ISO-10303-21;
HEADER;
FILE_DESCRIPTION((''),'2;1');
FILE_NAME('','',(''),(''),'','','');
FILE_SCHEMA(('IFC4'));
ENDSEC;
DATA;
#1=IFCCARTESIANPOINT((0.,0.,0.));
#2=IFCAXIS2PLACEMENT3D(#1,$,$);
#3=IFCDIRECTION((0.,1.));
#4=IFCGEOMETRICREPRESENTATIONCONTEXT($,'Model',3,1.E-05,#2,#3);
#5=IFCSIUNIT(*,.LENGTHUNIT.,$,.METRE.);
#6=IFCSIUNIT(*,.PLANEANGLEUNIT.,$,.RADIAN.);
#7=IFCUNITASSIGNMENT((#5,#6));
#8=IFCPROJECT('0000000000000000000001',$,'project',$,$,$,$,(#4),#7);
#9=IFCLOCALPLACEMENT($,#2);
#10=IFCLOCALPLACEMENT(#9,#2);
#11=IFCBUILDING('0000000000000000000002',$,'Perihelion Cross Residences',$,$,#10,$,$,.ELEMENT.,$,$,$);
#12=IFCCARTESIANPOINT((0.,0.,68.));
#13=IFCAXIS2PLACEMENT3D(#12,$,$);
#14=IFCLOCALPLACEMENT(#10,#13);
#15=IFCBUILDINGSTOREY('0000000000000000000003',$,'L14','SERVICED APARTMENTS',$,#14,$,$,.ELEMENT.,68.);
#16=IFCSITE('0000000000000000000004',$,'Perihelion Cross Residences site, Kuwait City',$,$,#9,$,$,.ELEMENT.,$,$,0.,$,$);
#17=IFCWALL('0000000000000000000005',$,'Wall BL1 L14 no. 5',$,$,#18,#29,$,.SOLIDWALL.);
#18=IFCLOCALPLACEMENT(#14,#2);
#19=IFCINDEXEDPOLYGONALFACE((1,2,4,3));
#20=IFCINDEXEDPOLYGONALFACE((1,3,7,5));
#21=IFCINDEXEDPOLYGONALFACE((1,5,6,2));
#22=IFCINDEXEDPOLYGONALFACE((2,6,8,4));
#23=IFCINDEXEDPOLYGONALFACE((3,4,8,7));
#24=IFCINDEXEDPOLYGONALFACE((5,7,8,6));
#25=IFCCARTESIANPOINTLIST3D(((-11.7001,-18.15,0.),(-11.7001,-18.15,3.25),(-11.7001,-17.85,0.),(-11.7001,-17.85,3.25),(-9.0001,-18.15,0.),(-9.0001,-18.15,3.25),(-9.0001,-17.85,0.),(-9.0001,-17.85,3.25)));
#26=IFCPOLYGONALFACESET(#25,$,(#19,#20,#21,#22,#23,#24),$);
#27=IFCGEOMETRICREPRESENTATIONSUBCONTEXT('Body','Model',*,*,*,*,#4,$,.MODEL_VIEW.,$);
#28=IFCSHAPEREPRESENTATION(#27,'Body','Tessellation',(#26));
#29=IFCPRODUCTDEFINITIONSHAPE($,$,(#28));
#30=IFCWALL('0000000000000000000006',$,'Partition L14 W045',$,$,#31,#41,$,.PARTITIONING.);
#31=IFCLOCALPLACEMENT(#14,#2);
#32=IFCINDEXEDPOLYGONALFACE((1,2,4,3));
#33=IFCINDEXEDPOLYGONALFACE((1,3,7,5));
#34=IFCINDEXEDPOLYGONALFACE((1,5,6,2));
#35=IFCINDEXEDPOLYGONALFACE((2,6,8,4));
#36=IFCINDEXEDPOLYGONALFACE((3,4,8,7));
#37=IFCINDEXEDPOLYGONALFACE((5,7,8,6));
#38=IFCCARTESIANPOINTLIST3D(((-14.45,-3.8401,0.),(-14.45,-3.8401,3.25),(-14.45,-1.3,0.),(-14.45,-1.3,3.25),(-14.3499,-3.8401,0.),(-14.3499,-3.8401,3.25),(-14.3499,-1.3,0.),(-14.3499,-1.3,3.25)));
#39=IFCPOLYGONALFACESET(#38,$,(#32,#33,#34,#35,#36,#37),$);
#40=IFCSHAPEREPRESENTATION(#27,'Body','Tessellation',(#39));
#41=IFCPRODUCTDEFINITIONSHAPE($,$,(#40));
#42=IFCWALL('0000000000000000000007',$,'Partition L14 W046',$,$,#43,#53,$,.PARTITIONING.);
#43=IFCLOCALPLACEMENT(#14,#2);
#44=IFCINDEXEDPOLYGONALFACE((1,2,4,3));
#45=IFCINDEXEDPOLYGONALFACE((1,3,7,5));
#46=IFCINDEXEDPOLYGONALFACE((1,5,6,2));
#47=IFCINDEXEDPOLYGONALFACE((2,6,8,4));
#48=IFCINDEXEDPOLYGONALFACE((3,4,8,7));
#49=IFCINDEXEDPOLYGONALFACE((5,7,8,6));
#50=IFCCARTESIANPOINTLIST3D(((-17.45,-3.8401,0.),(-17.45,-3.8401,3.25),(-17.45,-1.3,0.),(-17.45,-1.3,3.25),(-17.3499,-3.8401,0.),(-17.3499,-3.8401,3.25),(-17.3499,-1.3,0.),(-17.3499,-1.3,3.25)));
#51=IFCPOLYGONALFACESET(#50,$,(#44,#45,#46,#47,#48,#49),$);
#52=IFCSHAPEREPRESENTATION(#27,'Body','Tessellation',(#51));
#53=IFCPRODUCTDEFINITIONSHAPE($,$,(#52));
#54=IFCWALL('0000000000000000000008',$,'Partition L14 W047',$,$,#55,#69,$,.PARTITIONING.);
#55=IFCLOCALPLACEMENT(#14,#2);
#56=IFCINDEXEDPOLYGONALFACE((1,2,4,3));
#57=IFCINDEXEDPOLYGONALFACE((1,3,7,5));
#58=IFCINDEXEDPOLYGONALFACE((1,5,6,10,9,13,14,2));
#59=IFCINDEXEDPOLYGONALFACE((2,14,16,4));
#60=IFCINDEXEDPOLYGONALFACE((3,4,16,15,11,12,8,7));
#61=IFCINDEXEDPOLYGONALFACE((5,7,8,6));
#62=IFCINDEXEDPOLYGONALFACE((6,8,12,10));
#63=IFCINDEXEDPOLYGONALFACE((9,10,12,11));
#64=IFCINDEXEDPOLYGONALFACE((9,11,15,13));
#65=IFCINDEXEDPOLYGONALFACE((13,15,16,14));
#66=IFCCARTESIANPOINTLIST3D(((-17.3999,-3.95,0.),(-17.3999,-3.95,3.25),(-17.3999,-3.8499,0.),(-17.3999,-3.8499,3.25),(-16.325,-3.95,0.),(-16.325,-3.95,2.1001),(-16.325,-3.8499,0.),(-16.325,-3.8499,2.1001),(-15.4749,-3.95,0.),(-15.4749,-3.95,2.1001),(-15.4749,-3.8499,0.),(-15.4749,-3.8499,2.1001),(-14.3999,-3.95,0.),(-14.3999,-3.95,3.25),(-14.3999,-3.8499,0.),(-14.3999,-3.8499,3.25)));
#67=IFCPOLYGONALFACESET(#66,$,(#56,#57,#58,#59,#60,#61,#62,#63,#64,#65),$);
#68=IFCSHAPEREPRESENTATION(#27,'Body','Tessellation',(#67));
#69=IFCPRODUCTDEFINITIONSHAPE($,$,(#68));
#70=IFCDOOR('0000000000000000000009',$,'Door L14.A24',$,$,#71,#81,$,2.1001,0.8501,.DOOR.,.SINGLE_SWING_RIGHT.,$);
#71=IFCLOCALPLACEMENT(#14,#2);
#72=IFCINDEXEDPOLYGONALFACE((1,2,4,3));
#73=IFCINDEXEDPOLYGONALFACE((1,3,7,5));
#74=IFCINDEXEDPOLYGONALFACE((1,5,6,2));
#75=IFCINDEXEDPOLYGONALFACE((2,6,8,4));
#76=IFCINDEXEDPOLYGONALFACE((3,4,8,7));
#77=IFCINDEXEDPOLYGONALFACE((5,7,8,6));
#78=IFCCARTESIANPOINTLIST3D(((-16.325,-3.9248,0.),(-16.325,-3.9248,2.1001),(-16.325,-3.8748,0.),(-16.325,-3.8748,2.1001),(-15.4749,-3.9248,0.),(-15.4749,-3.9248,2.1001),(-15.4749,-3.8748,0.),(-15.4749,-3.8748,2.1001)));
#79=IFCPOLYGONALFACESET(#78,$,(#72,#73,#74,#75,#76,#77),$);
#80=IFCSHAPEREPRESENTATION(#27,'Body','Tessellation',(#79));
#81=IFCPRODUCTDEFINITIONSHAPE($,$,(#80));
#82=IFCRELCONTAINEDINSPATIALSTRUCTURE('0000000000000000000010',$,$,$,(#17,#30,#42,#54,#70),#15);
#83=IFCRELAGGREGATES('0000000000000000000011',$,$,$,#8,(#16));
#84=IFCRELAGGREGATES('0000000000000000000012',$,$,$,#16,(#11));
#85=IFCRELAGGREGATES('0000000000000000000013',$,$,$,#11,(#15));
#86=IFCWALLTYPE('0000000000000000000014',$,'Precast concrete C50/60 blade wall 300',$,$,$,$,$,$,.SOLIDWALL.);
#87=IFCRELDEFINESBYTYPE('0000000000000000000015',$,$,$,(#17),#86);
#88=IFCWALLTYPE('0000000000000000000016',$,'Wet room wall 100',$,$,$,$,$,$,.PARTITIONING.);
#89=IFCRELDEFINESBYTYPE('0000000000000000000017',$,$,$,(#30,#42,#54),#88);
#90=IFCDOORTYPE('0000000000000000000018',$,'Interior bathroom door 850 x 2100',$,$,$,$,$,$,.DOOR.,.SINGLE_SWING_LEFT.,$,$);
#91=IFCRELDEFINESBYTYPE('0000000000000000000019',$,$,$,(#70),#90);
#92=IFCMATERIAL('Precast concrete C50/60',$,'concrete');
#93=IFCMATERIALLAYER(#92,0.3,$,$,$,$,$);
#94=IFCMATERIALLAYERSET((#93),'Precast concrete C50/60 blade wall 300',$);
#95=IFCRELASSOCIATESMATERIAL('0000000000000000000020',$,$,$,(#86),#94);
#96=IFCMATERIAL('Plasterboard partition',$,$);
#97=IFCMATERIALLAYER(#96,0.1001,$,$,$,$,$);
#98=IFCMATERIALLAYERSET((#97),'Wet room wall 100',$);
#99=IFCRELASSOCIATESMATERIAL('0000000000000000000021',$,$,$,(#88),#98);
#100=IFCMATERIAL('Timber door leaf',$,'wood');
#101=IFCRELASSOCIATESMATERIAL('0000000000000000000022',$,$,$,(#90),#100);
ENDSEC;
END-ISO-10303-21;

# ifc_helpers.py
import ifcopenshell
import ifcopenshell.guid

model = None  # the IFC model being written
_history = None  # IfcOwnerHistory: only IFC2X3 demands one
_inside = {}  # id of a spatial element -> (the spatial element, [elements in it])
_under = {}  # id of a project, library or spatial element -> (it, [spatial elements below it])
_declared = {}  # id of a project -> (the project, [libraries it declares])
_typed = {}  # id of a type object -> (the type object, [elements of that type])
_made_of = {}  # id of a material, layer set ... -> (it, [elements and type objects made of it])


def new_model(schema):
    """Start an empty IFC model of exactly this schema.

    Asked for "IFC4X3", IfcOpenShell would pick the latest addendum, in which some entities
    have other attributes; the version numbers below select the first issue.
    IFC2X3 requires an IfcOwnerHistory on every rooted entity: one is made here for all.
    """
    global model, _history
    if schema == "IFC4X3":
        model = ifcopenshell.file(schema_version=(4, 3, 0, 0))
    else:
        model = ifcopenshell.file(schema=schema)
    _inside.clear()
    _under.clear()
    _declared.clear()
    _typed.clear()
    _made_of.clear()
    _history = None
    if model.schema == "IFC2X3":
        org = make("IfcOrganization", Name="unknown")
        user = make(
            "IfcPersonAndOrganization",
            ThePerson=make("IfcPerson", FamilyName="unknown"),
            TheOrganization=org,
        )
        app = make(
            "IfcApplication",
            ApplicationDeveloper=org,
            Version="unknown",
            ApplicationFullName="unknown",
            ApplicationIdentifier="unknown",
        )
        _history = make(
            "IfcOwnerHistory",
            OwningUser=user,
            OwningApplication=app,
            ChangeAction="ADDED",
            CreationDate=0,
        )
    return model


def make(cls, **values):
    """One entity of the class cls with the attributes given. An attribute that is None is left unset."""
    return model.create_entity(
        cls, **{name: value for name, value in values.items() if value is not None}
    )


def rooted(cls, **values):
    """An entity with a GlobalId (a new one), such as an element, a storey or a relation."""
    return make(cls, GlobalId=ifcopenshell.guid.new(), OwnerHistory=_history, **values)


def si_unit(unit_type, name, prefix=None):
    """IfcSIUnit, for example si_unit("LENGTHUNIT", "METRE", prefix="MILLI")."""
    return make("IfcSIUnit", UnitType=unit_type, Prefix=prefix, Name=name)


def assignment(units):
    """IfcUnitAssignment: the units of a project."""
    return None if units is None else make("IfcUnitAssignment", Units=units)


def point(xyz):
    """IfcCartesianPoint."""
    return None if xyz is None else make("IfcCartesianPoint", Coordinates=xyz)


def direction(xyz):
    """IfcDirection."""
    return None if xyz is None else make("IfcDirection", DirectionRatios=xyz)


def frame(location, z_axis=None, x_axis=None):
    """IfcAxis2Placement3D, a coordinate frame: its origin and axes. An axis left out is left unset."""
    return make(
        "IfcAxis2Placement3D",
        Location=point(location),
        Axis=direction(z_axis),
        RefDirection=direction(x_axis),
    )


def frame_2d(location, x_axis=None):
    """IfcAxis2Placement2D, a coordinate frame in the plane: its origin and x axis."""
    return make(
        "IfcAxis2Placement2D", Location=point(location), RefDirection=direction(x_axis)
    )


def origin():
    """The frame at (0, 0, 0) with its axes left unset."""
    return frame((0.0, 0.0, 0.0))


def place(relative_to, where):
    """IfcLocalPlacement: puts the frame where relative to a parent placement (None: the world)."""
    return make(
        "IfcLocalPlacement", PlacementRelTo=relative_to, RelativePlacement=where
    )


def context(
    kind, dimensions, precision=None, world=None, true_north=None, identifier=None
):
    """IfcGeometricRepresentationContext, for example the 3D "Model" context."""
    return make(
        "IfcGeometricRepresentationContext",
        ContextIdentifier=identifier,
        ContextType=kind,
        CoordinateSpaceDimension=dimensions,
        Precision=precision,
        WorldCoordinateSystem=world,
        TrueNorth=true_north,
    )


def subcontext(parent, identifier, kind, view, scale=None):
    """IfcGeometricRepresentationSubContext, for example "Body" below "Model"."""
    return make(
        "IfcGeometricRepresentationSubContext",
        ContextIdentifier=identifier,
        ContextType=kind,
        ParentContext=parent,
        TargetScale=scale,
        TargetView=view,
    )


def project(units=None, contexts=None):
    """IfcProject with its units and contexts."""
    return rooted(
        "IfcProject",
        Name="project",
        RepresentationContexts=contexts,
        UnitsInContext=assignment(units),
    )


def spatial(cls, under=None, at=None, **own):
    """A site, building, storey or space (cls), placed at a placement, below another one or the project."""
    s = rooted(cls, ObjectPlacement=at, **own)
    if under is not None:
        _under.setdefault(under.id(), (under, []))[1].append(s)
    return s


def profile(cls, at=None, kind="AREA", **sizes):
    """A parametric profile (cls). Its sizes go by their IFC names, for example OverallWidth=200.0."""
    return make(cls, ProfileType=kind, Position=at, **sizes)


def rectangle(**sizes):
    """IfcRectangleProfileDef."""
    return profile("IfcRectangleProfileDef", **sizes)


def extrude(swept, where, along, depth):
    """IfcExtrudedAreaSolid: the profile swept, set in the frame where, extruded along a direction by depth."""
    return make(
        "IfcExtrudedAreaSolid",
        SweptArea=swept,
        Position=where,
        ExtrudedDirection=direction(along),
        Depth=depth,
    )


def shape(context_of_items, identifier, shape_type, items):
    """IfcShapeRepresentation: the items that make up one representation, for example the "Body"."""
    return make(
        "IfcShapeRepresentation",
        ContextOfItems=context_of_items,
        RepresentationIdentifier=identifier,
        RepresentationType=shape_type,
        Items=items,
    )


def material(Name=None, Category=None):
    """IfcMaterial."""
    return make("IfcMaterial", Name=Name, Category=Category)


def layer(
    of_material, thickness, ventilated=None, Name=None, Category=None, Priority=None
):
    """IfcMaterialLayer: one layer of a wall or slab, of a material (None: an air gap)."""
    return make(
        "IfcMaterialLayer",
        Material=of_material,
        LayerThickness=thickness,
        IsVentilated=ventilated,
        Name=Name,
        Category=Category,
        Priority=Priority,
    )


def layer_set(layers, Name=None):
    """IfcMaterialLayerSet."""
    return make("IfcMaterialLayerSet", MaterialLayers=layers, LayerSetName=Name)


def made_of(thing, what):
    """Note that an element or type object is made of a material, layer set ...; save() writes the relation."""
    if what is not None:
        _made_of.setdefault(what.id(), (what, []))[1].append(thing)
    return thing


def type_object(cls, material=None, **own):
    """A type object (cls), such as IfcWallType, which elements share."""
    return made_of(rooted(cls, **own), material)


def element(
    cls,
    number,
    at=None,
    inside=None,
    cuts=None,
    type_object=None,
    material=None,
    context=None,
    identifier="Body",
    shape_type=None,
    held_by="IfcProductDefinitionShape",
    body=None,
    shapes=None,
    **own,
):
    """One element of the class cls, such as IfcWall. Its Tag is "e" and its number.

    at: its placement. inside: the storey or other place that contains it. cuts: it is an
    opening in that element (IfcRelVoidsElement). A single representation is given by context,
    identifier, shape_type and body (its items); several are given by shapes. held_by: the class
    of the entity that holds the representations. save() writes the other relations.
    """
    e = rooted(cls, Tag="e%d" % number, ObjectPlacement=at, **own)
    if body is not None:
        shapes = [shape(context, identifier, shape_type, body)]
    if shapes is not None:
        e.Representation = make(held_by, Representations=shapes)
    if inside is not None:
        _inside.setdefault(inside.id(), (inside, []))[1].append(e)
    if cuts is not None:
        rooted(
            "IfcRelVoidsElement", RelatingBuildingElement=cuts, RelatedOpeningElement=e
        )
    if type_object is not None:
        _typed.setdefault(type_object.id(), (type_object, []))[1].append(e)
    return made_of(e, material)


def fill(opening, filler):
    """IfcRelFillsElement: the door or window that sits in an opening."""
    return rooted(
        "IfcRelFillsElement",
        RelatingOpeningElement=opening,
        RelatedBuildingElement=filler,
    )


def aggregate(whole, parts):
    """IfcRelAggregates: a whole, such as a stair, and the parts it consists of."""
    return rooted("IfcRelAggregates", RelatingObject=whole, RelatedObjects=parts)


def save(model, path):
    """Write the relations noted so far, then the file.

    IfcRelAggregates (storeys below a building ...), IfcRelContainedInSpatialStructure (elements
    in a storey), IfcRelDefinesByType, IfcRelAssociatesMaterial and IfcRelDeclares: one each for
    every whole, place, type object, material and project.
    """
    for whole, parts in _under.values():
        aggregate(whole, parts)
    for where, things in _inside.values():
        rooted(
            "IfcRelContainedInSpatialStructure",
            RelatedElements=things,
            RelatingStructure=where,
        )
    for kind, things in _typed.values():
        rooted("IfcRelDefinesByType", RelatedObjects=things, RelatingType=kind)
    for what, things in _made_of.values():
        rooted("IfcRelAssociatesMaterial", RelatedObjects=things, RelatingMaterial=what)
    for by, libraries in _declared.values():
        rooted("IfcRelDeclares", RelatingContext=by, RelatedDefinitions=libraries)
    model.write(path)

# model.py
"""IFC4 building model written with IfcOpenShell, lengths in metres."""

from ifc_helpers import new_model, si_unit, direction, frame, frame_2d, origin, place, context, subcontext, project, spatial, rectangle, extrude, material, layer, layer_set, type_object, element, fill, save


model = new_model("IFC4")

# Units and contexts
model_context = context("Model", 3, precision=1e-05, world=origin(), true_north=direction((0.0, 1.0)))
body_context = subcontext(model_context, "Body", "Model", "MODEL_VIEW")
ifc_project = project(units=[si_unit("LENGTHUNIT", "METRE"), si_unit("PLANEANGLEUNIT", "RADIAN")], contexts=[model_context])

# Site, building, storey
site_placement = place(None, origin())
site = spatial("IfcSite", under=ifc_project, at=site_placement, Name="Perihelion Cross Residences site, Kuwait City", CompositionType="ELEMENT", RefElevation=0.0)
building_placement = place(site_placement, origin())
building = spatial("IfcBuilding", under=site, at=building_placement, Name="Perihelion Cross Residences", CompositionType="ELEMENT")
storey_placement = place(building_placement, frame((0.0, 0.0, 68.0)))
storey = spatial("IfcBuildingStorey", under=building, at=storey_placement, Name="L14", Description="SERVICED APARTMENTS", CompositionType="ELEMENT", Elevation=68.0)

# Walls
ifc_material_1 = material(Name="Precast concrete C50/60", Category="concrete")
ifc_layer_1 = layer(ifc_material_1, 0.3)
ifc_layer_set_1 = layer_set([ifc_layer_1], Name="Precast concrete C50/60 blade wall 300")
wall_type_1 = type_object("IfcWallType", Name="Precast concrete C50/60 blade wall 300", PredefinedType="SOLIDWALL", material=ifc_layer_set_1)
wall_1_placement = place(storey_placement, frame((-9.0, -18.0, 0.0), z_axis=(0.0, 0.0, 1.0), x_axis=(-1.0, 0.0, 0.0)))
element("IfcWall", 1, at=wall_1_placement, inside=storey, type_object=wall_type_1, Name="Wall BL1 L14 no. 5", PredefinedType="SOLIDWALL", context=body_context, shape_type="SweptSolid", body=[
    extrude(rectangle(XDim=2.7, YDim=0.3, at=frame_2d((1.3501, 0.0))), origin(), (0.0, 0.0, 1.0), 3.25),
])
ifc_material_2 = material(Name="Plasterboard partition")
ifc_layer_2 = layer(ifc_material_2, 0.1001)
ifc_layer_set_2 = layer_set([ifc_layer_2], Name="Wet room wall 100")
wall_type_2 = type_object("IfcWallType", Name="Wet room wall 100", PredefinedType="PARTITIONING", material=ifc_layer_set_2)
for number, where, z_axis, x_axis, name in (
    (2, (-14.3999, -3.8401, 0.0), (0.0, 0.0, 1.0), (0.0, 1.0, 0.0), "Partition L14 W045"),
    (3, (-17.3999, -3.8401, 0.0), (0.0, 0.0, 1.0), (0.0, 1.0, 0.0), "Partition L14 W046"),
):
    element("IfcWall", number, at=place(storey_placement, frame(where, z_axis=z_axis, x_axis=x_axis)), inside=storey, type_object=wall_type_2, Name=name, PredefinedType="PARTITIONING", context=body_context, shape_type="SweptSolid", body=[
        extrude(rectangle(XDim=2.54, YDim=0.1001, at=frame_2d((1.27, 0.0))), origin(), (0.0, 0.0, 1.0), 3.25),
    ])

# Wall, opening, door
wall_2_placement = place(storey_placement, frame((-14.3999, -3.8999, 0.0), z_axis=(0.0, 0.0, 1.0), x_axis=(-1.0, 0.0, 0.0)))
wall_2 = element("IfcWall", 4, at=wall_2_placement, inside=storey, type_object=wall_type_2, Name="Partition L14 W047", PredefinedType="PARTITIONING", context=body_context, shape_type="SweptSolid", body=[
    extrude(rectangle(XDim=3.0, YDim=0.1001, at=frame_2d((1.5, 0.0))), origin(), (0.0, 0.0, 1.0), 3.25),
])
opening_1_placement = place(wall_2_placement, frame((1.075, 0.0, 0.0)))
opening_1 = element("IfcOpeningElement", 5, at=opening_1_placement, cuts=wall_2, PredefinedType="OPENING", context=body_context, shape_type="SweptSolid", body=[
    extrude(rectangle(XDim=0.8501, YDim=2.1001, at=frame_2d((0.425, 1.05))), frame((0.0, 0.0601, 0.0), z_axis=(0.0, -1.0, 0.0), x_axis=(1.0, 0.0, 0.0)), (0.0, 0.0, 1.0), 0.1201),
])
ifc_material_3 = material(Name="Timber door leaf", Category="wood")
door_type_1 = type_object("IfcDoorType", Name="Interior bathroom door 850 x 2100", OperationType="SINGLE_SWING_LEFT", PredefinedType="DOOR", material=ifc_material_3)
door_1_placement = place(opening_1_placement, origin())
door_1 = element("IfcDoor", 6, at=door_1_placement, inside=storey, type_object=door_type_1, Name="Door L14.A24", OperationType="SINGLE_SWING_RIGHT", OverallHeight=2.1001, OverallWidth=0.8501, PredefinedType="DOOR", context=body_context, shape_type="SweptSolid", body=[
    extrude(rectangle(XDim=0.8501, YDim=2.1001, at=frame_2d((0.425, 1.05))), frame((0.0, 0.0249, 0.0), z_axis=(0.0, -1.0, 0.0), x_axis=(1.0, 0.0, 0.0)), (0.0, 0.0, 1.0), 0.05),
])
fill(opening_1, door_1)

save(model, "model.ifc")
